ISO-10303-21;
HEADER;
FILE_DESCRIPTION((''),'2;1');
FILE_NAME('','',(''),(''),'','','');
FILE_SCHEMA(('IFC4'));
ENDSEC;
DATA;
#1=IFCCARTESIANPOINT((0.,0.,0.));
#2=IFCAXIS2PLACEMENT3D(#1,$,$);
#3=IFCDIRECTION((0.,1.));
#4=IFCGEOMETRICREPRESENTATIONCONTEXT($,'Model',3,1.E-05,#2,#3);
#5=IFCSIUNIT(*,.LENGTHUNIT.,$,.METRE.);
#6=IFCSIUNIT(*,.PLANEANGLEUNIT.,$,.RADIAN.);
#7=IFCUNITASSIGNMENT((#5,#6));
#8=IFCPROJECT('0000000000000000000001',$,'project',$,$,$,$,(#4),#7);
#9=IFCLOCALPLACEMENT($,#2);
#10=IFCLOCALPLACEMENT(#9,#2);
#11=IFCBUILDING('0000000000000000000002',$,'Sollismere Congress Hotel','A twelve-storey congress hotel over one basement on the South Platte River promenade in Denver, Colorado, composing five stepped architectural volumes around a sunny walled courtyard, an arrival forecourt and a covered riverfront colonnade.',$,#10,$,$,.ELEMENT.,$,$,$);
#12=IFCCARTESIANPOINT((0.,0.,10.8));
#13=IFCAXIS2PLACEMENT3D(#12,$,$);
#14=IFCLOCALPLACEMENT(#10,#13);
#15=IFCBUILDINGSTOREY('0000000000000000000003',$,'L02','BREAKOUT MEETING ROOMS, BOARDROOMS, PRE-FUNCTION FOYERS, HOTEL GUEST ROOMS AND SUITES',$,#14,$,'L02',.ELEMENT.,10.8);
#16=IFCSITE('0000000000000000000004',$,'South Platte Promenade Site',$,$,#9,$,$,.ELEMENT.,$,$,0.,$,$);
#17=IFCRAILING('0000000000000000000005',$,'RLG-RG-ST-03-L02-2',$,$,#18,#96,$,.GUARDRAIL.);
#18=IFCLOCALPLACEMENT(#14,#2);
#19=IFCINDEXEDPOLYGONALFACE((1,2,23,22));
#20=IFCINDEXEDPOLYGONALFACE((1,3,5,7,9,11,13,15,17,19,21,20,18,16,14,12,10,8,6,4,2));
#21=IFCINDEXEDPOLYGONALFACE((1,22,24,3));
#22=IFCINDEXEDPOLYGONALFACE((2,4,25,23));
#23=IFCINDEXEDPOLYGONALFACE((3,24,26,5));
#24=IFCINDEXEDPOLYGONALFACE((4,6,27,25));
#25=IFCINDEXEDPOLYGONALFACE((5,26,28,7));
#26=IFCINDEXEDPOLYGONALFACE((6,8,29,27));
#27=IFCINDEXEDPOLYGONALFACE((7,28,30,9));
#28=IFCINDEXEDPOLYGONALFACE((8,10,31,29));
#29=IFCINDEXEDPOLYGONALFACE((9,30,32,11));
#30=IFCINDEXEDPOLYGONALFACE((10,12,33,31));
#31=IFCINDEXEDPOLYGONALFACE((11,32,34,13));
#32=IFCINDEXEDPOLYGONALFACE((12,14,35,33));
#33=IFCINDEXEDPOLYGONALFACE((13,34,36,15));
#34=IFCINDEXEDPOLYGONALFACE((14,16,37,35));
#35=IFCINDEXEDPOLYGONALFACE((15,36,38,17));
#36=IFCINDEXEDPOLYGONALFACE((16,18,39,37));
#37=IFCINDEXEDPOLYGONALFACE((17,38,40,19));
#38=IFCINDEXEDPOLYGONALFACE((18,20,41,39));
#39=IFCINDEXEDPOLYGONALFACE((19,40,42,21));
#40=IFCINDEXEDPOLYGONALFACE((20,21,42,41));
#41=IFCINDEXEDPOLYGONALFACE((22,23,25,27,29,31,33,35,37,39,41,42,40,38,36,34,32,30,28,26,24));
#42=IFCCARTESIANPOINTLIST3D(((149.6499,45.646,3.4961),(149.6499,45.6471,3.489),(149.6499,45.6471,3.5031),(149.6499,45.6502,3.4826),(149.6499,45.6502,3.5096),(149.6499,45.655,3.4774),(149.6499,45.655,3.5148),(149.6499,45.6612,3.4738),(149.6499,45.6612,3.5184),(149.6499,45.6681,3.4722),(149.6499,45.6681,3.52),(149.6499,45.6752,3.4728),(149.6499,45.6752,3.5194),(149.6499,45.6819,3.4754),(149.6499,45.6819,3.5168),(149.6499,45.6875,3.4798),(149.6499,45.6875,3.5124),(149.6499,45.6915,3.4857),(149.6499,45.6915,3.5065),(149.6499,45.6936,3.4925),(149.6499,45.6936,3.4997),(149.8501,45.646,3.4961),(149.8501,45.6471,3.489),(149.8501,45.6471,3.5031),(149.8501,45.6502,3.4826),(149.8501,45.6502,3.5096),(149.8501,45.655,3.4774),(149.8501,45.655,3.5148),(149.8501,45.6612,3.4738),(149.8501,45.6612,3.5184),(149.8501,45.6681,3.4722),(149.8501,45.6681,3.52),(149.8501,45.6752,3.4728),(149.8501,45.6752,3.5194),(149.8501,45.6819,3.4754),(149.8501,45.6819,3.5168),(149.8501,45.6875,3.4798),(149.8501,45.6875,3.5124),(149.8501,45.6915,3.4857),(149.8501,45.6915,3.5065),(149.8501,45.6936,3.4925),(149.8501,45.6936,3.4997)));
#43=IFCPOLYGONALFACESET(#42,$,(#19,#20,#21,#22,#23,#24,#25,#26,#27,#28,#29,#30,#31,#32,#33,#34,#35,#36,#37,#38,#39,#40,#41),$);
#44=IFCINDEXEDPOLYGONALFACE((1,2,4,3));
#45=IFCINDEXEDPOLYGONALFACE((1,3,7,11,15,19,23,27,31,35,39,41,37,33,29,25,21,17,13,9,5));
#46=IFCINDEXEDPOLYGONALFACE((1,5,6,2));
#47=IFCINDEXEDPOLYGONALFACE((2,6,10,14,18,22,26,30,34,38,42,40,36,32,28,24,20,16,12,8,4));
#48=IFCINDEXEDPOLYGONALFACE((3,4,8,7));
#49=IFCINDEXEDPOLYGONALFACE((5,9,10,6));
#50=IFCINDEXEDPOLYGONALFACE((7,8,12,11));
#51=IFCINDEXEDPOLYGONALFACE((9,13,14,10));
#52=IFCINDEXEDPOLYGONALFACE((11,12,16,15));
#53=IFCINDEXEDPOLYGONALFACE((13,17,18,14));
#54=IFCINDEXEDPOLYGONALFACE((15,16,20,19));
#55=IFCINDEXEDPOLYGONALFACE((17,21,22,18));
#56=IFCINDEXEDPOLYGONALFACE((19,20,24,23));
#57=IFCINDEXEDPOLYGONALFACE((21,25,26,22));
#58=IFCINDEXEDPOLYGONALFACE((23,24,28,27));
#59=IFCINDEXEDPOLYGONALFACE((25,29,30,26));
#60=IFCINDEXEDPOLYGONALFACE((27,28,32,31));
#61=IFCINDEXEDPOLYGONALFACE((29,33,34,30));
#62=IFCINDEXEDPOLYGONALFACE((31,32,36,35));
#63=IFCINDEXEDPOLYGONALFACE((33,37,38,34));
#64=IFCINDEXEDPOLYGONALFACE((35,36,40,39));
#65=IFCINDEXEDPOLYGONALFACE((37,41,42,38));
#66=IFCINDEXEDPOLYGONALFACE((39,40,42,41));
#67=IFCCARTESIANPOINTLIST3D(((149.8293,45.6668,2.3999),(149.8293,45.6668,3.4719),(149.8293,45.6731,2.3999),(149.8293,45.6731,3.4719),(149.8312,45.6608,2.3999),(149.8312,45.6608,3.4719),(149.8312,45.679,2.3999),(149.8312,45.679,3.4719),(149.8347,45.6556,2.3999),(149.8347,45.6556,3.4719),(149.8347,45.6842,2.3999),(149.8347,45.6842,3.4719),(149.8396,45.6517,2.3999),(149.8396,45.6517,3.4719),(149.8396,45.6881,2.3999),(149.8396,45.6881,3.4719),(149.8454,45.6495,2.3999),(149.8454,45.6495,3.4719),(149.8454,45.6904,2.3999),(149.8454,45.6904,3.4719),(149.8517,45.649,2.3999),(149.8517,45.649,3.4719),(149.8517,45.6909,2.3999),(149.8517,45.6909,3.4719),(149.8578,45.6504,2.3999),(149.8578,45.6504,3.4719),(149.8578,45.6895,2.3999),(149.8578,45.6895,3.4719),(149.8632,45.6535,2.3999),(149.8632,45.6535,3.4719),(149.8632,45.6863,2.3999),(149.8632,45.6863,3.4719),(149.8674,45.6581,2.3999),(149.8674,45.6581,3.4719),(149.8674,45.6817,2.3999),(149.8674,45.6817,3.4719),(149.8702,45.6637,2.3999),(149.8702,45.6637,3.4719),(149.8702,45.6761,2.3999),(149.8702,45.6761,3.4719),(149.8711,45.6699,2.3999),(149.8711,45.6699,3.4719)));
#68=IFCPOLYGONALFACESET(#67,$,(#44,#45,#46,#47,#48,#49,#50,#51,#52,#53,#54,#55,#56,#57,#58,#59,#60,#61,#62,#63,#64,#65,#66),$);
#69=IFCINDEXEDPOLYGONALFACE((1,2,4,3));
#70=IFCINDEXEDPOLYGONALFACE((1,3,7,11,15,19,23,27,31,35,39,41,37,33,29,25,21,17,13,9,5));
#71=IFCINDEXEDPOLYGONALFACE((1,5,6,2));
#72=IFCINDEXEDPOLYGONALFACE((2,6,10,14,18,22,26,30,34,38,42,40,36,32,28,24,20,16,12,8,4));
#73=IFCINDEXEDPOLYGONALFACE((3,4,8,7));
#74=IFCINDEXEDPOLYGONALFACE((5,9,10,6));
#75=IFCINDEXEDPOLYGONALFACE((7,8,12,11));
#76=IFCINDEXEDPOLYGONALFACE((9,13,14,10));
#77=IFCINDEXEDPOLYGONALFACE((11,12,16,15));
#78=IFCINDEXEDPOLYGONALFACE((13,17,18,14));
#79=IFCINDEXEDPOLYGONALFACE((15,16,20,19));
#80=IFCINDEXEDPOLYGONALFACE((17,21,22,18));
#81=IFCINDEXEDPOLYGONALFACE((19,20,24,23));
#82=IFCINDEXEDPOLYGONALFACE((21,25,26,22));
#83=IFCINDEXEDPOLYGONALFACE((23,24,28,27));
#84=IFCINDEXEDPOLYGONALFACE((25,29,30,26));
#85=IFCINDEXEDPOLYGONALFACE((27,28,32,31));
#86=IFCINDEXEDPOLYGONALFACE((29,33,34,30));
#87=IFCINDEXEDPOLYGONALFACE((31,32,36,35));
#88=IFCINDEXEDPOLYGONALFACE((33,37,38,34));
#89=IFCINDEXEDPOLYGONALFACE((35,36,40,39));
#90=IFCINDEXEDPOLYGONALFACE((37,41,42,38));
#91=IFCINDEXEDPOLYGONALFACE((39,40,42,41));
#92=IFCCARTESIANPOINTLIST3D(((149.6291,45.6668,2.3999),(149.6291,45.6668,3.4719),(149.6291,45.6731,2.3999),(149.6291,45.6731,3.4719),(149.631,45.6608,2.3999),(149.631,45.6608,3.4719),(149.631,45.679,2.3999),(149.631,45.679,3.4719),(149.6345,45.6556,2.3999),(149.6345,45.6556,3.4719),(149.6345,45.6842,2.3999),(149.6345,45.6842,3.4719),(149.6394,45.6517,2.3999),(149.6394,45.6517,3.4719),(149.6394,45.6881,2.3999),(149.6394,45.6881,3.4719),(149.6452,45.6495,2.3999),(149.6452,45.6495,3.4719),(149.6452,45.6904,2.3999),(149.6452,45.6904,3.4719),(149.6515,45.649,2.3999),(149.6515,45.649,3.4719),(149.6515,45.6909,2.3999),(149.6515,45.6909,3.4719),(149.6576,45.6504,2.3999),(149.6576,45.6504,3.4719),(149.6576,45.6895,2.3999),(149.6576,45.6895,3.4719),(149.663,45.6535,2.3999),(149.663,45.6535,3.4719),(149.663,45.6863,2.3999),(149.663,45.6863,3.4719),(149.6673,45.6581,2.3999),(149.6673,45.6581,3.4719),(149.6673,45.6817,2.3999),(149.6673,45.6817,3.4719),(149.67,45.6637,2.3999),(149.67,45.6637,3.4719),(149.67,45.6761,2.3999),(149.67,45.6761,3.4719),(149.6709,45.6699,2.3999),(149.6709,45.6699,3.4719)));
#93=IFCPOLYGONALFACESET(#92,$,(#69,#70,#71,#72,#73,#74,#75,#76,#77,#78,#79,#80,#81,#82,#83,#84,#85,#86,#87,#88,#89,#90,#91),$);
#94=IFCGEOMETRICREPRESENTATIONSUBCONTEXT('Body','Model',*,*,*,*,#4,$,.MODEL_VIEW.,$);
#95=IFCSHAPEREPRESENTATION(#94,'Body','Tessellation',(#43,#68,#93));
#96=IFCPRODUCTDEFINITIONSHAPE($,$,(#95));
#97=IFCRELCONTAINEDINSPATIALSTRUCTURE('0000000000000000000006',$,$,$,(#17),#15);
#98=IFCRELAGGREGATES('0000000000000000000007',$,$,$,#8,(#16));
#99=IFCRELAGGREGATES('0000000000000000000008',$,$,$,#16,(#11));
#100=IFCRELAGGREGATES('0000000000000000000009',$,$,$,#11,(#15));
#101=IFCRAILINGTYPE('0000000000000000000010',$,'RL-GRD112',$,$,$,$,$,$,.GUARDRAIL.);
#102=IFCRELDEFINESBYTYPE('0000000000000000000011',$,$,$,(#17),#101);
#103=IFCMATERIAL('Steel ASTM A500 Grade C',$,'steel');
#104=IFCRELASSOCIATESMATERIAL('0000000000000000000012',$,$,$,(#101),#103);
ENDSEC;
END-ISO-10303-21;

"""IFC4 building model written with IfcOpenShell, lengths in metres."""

from ifc_helpers import new_model, si_unit, direction, frame, origin, origin_2d, place, context, subcontext, project, spatial, circle, extrude, material, type_object, element, save


model = new_model("IFC4")

# Units and contexts
model_context = context("Model", 3, precision=1e-05, world=origin(), true_north=direction((0.0, 1.0)))
body_context = subcontext(model_context, "Body", "Model", "MODEL_VIEW")
ifc_project = project(units=[si_unit("LENGTHUNIT", "METRE"), si_unit("PLANEANGLEUNIT", "RADIAN")], contexts=[model_context])

# Site, building, storey
site_placement = place(None, origin())
site = spatial("IfcSite", under=ifc_project, at=site_placement, Name="South Platte Promenade Site", CompositionType="ELEMENT", RefElevation=0.0)
building_placement = place(site_placement, origin())
building = spatial("IfcBuilding", under=site, at=building_placement, Name="Sollismere Congress Hotel", Description="A twelve-storey congress hotel over one basement on the South Platte River promenade in Denver, Colorado, composing five stepped architectural volumes around a sunny walled courtyard, an arrival forecourt and a covered riverfront colonnade.", CompositionType="ELEMENT")
storey_placement = place(building_placement, frame((0.0, 0.0, 10.8)))
storey = spatial("IfcBuildingStorey", under=building, at=storey_placement, Name="L02", Description="BREAKOUT MEETING ROOMS, BOARDROOMS, PRE-FUNCTION FOYERS, HOTEL GUEST ROOMS AND SUITES", LongName="L02", CompositionType="ELEMENT", Elevation=10.8)

# Railing
ifc_material_1 = material(Name="Steel ASTM A500 Grade C", Category="steel")
railing_type_1 = type_object("IfcRailingType", Name="RL-GRD112", PredefinedType="GUARDRAIL", material=ifc_material_1)
railing_1_placement = place(storey_placement, frame((149.8501, 45.6699, 2.3999)))
element("IfcRailing", 1, at=railing_1_placement, inside=storey, type_object=railing_type_1, Name="RLG-RG-ST-03-L02-2", PredefinedType="GUARDRAIL", context=body_context, shape_type="SweptSolid", body=[
    extrude(circle(Radius=0.0239, at=origin_2d()), frame((0.0, 0.0, 1.0962), z_axis=(-1.0, 0.0, 0.0), x_axis=(0.0, -1.0, 0.0)), (0.0, 0.0, 1.0), 0.2002),
    extrude(circle(Radius=0.021, at=origin_2d()), origin(), (0.0, 0.0, 1.0), 1.072),
    extrude(circle(Radius=0.021, at=origin_2d()), frame((-0.2002, 0.0, 0.0)), (0.0, 0.0, 1.0), 1.072),
])

save(model, "model.ifc")
